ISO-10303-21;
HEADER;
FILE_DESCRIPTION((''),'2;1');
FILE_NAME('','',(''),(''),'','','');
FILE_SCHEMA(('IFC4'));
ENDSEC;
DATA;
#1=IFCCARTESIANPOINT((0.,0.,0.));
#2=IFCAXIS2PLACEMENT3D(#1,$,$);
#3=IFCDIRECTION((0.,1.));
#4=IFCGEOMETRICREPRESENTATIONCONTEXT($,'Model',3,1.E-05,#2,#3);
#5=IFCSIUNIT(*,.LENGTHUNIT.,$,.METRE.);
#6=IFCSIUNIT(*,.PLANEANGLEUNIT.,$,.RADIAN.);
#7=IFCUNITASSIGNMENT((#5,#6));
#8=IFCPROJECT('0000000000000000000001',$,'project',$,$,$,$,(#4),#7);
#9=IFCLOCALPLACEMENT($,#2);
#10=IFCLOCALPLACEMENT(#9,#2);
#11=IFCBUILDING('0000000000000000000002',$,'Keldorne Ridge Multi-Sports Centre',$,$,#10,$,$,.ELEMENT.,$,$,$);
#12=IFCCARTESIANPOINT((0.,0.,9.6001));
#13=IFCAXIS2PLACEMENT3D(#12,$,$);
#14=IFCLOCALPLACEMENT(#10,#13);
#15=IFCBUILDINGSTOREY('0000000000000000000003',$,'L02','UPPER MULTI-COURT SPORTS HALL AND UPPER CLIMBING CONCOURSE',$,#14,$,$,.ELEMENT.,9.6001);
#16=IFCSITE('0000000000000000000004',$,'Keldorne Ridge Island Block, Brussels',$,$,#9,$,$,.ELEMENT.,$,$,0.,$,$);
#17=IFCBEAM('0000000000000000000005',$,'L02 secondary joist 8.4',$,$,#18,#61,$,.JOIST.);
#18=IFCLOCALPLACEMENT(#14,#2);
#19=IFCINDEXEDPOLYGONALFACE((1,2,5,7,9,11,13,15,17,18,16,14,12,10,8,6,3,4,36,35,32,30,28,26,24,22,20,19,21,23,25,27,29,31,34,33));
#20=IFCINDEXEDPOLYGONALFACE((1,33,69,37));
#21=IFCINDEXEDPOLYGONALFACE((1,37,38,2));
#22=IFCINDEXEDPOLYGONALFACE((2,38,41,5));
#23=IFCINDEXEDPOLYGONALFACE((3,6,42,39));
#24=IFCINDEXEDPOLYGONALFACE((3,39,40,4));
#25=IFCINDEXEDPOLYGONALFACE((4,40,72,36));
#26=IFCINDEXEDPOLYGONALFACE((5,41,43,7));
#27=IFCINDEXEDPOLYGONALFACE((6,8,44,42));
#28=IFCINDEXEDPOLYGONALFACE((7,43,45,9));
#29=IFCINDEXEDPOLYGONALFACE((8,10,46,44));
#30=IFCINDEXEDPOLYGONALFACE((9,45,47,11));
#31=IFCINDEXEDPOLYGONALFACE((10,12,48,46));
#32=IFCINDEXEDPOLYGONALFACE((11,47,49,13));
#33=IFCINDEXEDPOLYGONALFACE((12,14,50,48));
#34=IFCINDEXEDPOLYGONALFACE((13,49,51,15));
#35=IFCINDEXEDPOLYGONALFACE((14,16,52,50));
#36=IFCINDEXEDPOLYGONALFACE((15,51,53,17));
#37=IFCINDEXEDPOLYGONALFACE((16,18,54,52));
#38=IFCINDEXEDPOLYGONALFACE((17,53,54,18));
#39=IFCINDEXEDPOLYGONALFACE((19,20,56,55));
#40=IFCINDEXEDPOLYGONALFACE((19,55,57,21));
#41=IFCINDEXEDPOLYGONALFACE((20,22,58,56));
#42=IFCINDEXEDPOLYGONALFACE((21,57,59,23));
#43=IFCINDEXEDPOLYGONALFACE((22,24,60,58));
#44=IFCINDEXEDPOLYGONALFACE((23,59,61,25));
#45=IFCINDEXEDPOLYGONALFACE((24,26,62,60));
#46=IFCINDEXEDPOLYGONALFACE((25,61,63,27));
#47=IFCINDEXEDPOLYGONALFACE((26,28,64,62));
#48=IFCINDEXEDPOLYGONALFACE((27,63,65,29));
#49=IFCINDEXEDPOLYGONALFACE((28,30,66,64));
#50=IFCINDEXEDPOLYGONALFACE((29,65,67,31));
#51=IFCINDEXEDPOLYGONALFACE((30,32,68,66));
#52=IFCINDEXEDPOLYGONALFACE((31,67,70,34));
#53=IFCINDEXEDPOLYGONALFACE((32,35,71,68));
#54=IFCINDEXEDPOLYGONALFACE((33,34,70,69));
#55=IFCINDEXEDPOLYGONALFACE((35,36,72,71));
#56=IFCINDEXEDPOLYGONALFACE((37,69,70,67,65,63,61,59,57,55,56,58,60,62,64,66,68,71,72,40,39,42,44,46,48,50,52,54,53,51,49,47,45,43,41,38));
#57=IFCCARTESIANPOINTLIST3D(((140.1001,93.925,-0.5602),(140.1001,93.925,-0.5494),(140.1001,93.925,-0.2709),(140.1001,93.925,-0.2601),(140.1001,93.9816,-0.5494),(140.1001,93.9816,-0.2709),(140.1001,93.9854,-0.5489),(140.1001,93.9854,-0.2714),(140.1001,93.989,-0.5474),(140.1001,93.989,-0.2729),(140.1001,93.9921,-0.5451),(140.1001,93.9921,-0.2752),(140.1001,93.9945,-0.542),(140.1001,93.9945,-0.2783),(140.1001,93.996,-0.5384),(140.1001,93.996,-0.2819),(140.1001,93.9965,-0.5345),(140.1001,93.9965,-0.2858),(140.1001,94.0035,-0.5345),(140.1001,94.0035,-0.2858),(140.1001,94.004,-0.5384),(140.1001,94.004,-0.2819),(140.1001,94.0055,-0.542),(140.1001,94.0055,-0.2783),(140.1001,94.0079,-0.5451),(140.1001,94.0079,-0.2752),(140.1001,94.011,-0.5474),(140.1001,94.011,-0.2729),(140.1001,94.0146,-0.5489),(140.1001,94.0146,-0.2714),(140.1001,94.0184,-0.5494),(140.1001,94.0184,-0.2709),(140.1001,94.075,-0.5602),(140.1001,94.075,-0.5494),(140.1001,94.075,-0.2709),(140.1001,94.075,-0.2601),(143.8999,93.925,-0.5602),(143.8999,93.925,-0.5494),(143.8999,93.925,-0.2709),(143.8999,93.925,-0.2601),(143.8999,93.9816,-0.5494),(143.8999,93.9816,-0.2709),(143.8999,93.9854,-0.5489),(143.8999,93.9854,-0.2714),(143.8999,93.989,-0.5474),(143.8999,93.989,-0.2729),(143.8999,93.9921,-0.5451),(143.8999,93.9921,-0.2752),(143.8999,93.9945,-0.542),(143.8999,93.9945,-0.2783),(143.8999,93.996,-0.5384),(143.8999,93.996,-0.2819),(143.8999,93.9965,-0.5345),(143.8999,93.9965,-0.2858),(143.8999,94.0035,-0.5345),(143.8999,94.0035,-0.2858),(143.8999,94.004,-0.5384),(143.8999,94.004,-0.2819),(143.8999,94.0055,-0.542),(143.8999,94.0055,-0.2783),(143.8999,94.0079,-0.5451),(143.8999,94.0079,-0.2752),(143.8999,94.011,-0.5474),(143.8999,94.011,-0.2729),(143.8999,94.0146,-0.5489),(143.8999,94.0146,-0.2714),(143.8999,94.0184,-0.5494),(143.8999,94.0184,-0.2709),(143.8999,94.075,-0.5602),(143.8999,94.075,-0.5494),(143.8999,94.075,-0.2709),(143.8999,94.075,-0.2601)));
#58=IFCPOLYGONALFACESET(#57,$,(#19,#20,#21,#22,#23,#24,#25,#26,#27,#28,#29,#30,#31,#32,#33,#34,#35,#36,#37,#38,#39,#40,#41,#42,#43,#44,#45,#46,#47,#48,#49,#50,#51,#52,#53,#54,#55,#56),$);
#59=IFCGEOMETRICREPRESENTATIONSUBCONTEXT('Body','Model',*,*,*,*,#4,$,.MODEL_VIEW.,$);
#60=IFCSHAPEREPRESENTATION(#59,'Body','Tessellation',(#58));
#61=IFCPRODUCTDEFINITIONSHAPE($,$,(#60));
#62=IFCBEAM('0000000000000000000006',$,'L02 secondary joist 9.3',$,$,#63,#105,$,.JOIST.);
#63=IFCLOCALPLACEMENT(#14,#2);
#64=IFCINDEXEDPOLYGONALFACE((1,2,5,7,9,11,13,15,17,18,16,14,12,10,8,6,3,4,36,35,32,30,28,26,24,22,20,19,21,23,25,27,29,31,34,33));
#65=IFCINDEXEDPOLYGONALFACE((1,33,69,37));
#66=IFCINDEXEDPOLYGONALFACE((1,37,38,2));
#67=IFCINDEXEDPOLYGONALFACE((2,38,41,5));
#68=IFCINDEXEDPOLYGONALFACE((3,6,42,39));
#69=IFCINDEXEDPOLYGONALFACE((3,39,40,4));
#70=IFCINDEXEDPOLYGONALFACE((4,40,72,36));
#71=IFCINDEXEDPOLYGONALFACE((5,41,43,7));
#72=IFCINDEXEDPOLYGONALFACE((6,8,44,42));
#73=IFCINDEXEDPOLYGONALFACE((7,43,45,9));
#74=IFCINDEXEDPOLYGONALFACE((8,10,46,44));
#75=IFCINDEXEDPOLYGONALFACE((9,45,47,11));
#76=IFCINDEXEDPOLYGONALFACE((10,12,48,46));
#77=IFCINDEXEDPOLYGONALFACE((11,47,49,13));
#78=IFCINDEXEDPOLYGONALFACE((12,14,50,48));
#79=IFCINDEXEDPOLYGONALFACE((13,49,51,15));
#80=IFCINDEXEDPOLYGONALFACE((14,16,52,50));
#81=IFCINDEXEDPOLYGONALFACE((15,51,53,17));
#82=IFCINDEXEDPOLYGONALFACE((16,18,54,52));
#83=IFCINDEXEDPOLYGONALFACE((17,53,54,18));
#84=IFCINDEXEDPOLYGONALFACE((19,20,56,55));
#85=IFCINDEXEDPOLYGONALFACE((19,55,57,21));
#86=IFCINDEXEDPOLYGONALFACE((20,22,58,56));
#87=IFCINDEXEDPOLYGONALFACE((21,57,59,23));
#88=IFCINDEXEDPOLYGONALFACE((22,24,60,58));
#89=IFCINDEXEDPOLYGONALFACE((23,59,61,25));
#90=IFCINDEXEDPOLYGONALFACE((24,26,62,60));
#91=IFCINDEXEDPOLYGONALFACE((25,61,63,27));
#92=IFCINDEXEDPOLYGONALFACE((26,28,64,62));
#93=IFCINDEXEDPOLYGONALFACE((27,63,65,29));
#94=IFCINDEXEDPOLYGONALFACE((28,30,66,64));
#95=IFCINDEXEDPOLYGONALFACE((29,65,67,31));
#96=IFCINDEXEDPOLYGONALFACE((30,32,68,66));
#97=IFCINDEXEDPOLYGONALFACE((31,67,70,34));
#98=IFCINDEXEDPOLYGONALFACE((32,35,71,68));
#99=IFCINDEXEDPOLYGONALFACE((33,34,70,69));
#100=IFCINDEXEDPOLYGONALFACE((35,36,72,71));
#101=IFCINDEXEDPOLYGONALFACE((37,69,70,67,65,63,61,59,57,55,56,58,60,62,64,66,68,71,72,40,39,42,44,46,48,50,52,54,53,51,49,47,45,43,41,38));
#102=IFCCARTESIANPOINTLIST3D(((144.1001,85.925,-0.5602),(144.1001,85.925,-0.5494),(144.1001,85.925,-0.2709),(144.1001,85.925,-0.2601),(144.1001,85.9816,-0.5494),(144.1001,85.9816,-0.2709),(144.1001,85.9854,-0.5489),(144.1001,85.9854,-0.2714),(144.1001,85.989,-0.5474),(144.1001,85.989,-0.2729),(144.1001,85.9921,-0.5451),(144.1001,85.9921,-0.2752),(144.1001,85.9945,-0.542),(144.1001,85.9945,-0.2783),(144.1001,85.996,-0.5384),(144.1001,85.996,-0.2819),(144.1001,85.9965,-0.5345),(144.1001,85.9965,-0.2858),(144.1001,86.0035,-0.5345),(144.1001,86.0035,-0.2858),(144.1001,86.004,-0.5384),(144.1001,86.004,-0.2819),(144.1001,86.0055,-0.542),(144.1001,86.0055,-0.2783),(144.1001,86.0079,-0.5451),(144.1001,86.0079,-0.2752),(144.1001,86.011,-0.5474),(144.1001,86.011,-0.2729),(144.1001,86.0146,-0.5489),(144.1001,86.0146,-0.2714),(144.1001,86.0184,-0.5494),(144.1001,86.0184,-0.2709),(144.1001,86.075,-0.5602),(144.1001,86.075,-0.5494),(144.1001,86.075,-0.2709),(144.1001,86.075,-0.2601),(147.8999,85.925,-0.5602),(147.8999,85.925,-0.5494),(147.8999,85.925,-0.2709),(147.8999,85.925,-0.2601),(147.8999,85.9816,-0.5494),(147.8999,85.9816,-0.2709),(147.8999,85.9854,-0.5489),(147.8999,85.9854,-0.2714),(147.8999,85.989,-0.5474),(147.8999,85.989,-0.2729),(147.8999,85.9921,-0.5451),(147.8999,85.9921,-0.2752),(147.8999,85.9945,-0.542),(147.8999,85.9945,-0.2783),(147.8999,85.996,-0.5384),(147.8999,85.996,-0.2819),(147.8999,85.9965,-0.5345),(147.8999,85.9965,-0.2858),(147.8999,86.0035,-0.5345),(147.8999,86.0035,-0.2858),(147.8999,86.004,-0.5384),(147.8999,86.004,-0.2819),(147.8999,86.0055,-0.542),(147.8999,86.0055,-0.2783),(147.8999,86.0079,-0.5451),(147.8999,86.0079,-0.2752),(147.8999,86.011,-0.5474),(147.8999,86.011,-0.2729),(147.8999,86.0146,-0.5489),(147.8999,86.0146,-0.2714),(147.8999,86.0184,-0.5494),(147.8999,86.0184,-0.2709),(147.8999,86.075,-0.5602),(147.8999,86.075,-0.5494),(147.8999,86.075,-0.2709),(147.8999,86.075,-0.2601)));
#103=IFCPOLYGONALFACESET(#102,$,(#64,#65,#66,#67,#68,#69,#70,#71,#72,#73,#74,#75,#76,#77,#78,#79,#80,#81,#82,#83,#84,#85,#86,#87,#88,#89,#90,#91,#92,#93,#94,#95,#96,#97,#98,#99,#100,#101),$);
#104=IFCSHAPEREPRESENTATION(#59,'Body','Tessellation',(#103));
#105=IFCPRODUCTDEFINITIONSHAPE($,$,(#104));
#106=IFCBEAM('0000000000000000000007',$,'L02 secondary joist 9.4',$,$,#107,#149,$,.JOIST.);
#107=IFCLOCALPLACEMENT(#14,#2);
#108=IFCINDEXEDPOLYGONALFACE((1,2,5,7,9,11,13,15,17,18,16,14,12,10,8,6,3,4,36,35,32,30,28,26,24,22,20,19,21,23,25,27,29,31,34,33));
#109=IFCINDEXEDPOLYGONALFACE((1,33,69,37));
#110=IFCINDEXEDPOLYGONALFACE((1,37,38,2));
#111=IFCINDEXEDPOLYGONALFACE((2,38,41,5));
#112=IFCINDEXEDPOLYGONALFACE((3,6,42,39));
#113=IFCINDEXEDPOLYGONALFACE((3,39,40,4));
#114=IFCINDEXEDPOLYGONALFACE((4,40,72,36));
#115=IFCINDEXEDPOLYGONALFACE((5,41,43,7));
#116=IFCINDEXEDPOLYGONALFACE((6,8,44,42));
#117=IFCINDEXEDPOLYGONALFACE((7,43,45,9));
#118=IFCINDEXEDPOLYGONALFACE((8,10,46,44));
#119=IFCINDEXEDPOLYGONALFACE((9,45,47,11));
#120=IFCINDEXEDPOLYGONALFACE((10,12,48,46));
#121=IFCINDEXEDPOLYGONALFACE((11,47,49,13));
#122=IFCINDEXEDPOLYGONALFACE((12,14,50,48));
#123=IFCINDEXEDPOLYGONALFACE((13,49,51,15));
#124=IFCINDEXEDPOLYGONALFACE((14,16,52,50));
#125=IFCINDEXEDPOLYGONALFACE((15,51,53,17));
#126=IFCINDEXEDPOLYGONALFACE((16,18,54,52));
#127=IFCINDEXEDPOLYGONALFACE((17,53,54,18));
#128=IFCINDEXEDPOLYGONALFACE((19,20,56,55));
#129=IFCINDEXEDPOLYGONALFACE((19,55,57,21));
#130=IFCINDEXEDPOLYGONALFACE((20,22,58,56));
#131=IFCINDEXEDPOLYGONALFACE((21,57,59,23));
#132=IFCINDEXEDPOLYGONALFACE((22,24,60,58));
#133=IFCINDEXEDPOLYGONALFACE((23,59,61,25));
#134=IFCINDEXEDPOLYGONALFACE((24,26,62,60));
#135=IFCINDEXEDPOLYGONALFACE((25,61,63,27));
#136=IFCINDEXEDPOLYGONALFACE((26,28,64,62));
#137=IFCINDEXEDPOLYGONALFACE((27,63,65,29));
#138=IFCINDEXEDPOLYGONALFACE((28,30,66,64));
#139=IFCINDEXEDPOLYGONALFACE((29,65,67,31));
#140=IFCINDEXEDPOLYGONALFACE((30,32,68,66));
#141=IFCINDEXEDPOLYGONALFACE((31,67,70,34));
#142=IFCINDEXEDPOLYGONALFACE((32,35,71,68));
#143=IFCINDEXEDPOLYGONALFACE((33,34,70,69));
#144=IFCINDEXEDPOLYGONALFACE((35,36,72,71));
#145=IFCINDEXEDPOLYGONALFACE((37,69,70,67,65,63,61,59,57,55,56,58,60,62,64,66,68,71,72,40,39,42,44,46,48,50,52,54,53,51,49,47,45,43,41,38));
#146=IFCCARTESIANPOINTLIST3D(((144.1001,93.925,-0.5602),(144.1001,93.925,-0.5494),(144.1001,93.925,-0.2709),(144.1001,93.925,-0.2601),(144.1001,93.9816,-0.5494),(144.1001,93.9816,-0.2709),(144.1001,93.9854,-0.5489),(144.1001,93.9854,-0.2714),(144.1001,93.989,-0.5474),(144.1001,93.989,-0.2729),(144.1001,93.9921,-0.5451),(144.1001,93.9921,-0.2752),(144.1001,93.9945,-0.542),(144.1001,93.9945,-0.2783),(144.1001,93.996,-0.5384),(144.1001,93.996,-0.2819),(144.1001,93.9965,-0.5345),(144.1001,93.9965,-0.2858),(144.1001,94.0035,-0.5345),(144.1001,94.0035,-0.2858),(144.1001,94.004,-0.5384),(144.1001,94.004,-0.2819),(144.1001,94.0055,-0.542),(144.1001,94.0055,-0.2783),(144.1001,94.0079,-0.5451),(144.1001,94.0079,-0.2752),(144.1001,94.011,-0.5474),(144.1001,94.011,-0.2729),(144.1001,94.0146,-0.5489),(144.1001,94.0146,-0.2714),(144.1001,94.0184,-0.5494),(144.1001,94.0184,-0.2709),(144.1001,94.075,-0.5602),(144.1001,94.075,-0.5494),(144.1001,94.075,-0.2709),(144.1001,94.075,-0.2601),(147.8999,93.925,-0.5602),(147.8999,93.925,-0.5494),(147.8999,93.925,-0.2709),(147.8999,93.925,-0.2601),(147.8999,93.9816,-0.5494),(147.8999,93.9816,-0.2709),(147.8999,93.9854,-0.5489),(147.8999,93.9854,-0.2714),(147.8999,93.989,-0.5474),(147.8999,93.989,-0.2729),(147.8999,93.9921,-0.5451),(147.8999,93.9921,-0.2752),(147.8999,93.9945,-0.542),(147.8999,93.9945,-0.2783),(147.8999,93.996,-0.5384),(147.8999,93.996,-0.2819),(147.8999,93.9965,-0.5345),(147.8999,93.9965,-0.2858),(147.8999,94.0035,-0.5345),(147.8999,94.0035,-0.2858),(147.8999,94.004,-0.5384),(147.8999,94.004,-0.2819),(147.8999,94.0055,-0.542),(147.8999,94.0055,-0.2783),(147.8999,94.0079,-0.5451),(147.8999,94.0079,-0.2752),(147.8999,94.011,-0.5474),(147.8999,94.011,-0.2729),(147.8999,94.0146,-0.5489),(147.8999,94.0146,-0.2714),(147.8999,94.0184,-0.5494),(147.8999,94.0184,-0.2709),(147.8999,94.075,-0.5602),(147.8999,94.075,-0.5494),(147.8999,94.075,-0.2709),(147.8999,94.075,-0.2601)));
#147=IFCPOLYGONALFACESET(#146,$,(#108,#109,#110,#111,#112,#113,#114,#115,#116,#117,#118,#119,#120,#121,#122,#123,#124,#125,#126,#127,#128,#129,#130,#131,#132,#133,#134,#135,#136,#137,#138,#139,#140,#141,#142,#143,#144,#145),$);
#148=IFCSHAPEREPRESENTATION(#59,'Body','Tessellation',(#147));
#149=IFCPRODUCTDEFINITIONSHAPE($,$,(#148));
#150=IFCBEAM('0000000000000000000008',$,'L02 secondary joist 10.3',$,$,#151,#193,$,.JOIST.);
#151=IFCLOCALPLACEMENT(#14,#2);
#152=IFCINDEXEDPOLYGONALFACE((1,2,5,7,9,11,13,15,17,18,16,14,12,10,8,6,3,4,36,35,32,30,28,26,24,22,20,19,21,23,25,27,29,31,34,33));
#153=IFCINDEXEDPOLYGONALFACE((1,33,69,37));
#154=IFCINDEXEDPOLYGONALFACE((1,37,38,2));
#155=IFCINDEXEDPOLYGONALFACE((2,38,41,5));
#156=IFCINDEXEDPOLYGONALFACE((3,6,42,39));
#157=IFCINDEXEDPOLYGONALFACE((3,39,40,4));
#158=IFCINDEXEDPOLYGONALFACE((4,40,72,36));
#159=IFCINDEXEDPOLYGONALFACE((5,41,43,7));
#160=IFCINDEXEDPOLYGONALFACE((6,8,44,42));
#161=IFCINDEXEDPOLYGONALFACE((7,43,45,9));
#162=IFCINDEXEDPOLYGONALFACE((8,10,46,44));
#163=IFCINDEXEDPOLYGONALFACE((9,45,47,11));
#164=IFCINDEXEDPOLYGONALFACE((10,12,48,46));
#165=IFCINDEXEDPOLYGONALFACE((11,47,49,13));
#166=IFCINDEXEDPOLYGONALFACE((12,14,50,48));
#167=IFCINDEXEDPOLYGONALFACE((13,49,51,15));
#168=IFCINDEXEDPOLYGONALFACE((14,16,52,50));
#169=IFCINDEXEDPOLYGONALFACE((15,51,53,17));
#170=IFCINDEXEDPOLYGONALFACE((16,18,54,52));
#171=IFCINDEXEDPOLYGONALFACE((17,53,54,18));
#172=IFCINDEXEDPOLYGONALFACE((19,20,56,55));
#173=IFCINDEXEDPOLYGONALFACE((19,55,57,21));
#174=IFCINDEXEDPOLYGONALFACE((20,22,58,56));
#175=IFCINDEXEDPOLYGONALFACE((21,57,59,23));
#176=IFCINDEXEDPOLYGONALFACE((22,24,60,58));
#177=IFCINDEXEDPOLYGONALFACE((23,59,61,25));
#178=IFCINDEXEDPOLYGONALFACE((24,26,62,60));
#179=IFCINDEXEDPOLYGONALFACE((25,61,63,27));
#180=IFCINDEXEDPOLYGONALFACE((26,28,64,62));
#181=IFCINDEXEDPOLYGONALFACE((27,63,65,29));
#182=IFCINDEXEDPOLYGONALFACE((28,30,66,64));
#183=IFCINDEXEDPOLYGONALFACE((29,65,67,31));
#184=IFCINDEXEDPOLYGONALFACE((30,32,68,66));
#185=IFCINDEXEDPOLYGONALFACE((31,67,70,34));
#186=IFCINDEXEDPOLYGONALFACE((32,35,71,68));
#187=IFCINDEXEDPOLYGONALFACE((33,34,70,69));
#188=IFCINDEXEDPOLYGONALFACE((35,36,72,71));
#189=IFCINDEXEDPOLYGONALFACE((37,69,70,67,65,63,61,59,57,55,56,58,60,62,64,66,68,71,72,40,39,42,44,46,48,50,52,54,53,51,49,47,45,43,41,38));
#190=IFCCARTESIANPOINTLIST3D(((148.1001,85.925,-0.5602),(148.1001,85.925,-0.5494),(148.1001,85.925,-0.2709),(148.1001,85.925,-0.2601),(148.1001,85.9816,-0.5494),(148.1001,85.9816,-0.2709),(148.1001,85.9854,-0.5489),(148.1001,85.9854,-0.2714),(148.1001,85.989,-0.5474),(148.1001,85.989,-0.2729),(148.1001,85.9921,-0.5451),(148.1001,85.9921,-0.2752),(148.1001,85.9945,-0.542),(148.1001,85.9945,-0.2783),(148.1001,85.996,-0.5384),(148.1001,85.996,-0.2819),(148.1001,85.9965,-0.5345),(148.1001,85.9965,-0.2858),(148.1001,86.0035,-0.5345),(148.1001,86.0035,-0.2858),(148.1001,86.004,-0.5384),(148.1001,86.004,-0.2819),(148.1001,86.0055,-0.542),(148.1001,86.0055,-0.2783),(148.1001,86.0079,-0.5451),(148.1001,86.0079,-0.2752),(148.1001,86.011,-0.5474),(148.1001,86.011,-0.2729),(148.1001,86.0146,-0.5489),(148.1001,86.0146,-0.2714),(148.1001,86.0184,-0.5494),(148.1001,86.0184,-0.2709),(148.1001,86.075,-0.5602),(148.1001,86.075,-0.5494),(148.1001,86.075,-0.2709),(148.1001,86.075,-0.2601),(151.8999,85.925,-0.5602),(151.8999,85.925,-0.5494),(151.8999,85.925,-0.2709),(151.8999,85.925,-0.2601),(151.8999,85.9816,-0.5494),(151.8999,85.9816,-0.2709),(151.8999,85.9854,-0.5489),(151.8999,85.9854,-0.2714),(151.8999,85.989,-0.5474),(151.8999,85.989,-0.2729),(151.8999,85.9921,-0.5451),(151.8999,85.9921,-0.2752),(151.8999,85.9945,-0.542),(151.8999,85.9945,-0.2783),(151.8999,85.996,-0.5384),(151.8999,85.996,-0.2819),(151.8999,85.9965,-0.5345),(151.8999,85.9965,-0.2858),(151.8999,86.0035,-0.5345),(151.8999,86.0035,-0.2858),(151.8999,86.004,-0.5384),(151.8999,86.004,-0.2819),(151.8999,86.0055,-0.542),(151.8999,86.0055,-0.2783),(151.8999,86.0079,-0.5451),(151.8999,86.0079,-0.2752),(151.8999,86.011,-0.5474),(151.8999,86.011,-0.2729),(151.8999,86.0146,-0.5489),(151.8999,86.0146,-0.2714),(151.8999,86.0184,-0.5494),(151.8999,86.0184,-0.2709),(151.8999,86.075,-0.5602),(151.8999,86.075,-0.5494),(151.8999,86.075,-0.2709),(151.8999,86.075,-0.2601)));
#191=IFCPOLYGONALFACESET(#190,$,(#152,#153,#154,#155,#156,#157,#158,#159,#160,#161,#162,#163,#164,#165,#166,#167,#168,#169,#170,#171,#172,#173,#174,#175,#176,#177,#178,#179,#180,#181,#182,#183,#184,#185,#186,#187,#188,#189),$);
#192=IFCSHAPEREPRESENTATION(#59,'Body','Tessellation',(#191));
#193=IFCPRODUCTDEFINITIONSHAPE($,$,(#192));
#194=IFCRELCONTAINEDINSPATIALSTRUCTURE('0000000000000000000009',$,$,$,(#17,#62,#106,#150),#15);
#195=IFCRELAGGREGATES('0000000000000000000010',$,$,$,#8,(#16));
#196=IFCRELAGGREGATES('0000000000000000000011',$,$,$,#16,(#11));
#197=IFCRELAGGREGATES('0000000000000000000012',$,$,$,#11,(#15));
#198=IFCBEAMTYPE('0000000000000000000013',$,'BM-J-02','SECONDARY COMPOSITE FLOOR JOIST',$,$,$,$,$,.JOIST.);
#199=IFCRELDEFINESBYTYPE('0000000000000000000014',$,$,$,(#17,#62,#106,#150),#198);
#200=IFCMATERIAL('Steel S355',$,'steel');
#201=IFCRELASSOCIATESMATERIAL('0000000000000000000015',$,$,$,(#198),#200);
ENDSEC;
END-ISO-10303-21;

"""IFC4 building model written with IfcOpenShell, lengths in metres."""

from ifc_helpers import new_model, si_unit, direction, frame, origin, origin_2d, place, context, subcontext, project, spatial, i_section, extrude, material, material_profile, profile_set, type_object, element, save


model = new_model("IFC4")

# Units and contexts
model_context = context("Model", 3, precision=1e-05, world=origin(), true_north=direction((0.0, 1.0)))
body_context = subcontext(model_context, "Body", "Model", "MODEL_VIEW")
ifc_project = project(units=[si_unit("LENGTHUNIT", "METRE"), si_unit("PLANEANGLEUNIT", "RADIAN")], contexts=[model_context])

# Site, building, storey
site_placement = place(None, origin())
site = spatial("IfcSite", under=ifc_project, at=site_placement, Name="Keldorne Ridge Island Block, Brussels", CompositionType="ELEMENT", RefElevation=0.0)
building_placement = place(site_placement, origin())
building = spatial("IfcBuilding", under=site, at=building_placement, Name="Keldorne Ridge Multi-Sports Centre", CompositionType="ELEMENT")
storey_placement = place(building_placement, frame((0.0, 0.0, 9.6001)))
storey = spatial("IfcBuildingStorey", under=building, at=storey_placement, Name="L02", Description="UPPER MULTI-COURT SPORTS HALL AND UPPER CLIMBING CONCOURSE", CompositionType="ELEMENT", Elevation=9.6001)

# Shared definitions
ifc_material_1 = material(Name="Steel S355", Category="steel")

# Beams
ifc_material_profile_1 = material_profile(ifc_material_1, i_section(OverallWidth=0.1499, OverallDepth=0.3, WebThickness=0.0071, FlangeThickness=0.0107, FilletRadius=0.0149, at=origin_2d()), Name="IPE 300")
ifc_profile_set_1 = profile_set([ifc_material_profile_1], Name="Steel S355")
beam_type_1 = type_object("IfcBeamType", Name="BM-J-02", Description="SECONDARY COMPOSITE FLOOR JOIST", PredefinedType="JOIST", material=ifc_profile_set_1)
for number, where, z_axis, x_axis, name in (
    (1, (140.1001, 94.0, -0.4102), (1.0, 0.0, 0.0), (0.0, 1.0, 0.0), "L02 secondary joist 8.4"),
    (2, (144.1001, 86.0, -0.4102), (1.0, 0.0, 0.0), (0.0, 1.0, 0.0), "L02 secondary joist 9.3"),
    (3, (144.1001, 94.0, -0.4102), (1.0, 0.0, 0.0), (0.0, 1.0, 0.0), "L02 secondary joist 9.4"),
    (4, (148.1001, 86.0, -0.4102), (1.0, 0.0, 0.0), (0.0, 1.0, 0.0), "L02 secondary joist 10.3"),
):
    element("IfcBeam", number, at=place(storey_placement, frame(where, z_axis=z_axis, x_axis=x_axis)), inside=storey, type_object=beam_type_1, Name=name, PredefinedType="JOIST", context=body_context, shape_type="SweptSolid", body=[
        extrude(i_section(OverallWidth=0.1499, OverallDepth=0.3, WebThickness=0.0071, FlangeThickness=0.0107, FilletRadius=0.0149, at=origin_2d()), origin(), (0.0, 0.0, 1.0), 3.7998),
    ])

save(model, "model.ifc")
